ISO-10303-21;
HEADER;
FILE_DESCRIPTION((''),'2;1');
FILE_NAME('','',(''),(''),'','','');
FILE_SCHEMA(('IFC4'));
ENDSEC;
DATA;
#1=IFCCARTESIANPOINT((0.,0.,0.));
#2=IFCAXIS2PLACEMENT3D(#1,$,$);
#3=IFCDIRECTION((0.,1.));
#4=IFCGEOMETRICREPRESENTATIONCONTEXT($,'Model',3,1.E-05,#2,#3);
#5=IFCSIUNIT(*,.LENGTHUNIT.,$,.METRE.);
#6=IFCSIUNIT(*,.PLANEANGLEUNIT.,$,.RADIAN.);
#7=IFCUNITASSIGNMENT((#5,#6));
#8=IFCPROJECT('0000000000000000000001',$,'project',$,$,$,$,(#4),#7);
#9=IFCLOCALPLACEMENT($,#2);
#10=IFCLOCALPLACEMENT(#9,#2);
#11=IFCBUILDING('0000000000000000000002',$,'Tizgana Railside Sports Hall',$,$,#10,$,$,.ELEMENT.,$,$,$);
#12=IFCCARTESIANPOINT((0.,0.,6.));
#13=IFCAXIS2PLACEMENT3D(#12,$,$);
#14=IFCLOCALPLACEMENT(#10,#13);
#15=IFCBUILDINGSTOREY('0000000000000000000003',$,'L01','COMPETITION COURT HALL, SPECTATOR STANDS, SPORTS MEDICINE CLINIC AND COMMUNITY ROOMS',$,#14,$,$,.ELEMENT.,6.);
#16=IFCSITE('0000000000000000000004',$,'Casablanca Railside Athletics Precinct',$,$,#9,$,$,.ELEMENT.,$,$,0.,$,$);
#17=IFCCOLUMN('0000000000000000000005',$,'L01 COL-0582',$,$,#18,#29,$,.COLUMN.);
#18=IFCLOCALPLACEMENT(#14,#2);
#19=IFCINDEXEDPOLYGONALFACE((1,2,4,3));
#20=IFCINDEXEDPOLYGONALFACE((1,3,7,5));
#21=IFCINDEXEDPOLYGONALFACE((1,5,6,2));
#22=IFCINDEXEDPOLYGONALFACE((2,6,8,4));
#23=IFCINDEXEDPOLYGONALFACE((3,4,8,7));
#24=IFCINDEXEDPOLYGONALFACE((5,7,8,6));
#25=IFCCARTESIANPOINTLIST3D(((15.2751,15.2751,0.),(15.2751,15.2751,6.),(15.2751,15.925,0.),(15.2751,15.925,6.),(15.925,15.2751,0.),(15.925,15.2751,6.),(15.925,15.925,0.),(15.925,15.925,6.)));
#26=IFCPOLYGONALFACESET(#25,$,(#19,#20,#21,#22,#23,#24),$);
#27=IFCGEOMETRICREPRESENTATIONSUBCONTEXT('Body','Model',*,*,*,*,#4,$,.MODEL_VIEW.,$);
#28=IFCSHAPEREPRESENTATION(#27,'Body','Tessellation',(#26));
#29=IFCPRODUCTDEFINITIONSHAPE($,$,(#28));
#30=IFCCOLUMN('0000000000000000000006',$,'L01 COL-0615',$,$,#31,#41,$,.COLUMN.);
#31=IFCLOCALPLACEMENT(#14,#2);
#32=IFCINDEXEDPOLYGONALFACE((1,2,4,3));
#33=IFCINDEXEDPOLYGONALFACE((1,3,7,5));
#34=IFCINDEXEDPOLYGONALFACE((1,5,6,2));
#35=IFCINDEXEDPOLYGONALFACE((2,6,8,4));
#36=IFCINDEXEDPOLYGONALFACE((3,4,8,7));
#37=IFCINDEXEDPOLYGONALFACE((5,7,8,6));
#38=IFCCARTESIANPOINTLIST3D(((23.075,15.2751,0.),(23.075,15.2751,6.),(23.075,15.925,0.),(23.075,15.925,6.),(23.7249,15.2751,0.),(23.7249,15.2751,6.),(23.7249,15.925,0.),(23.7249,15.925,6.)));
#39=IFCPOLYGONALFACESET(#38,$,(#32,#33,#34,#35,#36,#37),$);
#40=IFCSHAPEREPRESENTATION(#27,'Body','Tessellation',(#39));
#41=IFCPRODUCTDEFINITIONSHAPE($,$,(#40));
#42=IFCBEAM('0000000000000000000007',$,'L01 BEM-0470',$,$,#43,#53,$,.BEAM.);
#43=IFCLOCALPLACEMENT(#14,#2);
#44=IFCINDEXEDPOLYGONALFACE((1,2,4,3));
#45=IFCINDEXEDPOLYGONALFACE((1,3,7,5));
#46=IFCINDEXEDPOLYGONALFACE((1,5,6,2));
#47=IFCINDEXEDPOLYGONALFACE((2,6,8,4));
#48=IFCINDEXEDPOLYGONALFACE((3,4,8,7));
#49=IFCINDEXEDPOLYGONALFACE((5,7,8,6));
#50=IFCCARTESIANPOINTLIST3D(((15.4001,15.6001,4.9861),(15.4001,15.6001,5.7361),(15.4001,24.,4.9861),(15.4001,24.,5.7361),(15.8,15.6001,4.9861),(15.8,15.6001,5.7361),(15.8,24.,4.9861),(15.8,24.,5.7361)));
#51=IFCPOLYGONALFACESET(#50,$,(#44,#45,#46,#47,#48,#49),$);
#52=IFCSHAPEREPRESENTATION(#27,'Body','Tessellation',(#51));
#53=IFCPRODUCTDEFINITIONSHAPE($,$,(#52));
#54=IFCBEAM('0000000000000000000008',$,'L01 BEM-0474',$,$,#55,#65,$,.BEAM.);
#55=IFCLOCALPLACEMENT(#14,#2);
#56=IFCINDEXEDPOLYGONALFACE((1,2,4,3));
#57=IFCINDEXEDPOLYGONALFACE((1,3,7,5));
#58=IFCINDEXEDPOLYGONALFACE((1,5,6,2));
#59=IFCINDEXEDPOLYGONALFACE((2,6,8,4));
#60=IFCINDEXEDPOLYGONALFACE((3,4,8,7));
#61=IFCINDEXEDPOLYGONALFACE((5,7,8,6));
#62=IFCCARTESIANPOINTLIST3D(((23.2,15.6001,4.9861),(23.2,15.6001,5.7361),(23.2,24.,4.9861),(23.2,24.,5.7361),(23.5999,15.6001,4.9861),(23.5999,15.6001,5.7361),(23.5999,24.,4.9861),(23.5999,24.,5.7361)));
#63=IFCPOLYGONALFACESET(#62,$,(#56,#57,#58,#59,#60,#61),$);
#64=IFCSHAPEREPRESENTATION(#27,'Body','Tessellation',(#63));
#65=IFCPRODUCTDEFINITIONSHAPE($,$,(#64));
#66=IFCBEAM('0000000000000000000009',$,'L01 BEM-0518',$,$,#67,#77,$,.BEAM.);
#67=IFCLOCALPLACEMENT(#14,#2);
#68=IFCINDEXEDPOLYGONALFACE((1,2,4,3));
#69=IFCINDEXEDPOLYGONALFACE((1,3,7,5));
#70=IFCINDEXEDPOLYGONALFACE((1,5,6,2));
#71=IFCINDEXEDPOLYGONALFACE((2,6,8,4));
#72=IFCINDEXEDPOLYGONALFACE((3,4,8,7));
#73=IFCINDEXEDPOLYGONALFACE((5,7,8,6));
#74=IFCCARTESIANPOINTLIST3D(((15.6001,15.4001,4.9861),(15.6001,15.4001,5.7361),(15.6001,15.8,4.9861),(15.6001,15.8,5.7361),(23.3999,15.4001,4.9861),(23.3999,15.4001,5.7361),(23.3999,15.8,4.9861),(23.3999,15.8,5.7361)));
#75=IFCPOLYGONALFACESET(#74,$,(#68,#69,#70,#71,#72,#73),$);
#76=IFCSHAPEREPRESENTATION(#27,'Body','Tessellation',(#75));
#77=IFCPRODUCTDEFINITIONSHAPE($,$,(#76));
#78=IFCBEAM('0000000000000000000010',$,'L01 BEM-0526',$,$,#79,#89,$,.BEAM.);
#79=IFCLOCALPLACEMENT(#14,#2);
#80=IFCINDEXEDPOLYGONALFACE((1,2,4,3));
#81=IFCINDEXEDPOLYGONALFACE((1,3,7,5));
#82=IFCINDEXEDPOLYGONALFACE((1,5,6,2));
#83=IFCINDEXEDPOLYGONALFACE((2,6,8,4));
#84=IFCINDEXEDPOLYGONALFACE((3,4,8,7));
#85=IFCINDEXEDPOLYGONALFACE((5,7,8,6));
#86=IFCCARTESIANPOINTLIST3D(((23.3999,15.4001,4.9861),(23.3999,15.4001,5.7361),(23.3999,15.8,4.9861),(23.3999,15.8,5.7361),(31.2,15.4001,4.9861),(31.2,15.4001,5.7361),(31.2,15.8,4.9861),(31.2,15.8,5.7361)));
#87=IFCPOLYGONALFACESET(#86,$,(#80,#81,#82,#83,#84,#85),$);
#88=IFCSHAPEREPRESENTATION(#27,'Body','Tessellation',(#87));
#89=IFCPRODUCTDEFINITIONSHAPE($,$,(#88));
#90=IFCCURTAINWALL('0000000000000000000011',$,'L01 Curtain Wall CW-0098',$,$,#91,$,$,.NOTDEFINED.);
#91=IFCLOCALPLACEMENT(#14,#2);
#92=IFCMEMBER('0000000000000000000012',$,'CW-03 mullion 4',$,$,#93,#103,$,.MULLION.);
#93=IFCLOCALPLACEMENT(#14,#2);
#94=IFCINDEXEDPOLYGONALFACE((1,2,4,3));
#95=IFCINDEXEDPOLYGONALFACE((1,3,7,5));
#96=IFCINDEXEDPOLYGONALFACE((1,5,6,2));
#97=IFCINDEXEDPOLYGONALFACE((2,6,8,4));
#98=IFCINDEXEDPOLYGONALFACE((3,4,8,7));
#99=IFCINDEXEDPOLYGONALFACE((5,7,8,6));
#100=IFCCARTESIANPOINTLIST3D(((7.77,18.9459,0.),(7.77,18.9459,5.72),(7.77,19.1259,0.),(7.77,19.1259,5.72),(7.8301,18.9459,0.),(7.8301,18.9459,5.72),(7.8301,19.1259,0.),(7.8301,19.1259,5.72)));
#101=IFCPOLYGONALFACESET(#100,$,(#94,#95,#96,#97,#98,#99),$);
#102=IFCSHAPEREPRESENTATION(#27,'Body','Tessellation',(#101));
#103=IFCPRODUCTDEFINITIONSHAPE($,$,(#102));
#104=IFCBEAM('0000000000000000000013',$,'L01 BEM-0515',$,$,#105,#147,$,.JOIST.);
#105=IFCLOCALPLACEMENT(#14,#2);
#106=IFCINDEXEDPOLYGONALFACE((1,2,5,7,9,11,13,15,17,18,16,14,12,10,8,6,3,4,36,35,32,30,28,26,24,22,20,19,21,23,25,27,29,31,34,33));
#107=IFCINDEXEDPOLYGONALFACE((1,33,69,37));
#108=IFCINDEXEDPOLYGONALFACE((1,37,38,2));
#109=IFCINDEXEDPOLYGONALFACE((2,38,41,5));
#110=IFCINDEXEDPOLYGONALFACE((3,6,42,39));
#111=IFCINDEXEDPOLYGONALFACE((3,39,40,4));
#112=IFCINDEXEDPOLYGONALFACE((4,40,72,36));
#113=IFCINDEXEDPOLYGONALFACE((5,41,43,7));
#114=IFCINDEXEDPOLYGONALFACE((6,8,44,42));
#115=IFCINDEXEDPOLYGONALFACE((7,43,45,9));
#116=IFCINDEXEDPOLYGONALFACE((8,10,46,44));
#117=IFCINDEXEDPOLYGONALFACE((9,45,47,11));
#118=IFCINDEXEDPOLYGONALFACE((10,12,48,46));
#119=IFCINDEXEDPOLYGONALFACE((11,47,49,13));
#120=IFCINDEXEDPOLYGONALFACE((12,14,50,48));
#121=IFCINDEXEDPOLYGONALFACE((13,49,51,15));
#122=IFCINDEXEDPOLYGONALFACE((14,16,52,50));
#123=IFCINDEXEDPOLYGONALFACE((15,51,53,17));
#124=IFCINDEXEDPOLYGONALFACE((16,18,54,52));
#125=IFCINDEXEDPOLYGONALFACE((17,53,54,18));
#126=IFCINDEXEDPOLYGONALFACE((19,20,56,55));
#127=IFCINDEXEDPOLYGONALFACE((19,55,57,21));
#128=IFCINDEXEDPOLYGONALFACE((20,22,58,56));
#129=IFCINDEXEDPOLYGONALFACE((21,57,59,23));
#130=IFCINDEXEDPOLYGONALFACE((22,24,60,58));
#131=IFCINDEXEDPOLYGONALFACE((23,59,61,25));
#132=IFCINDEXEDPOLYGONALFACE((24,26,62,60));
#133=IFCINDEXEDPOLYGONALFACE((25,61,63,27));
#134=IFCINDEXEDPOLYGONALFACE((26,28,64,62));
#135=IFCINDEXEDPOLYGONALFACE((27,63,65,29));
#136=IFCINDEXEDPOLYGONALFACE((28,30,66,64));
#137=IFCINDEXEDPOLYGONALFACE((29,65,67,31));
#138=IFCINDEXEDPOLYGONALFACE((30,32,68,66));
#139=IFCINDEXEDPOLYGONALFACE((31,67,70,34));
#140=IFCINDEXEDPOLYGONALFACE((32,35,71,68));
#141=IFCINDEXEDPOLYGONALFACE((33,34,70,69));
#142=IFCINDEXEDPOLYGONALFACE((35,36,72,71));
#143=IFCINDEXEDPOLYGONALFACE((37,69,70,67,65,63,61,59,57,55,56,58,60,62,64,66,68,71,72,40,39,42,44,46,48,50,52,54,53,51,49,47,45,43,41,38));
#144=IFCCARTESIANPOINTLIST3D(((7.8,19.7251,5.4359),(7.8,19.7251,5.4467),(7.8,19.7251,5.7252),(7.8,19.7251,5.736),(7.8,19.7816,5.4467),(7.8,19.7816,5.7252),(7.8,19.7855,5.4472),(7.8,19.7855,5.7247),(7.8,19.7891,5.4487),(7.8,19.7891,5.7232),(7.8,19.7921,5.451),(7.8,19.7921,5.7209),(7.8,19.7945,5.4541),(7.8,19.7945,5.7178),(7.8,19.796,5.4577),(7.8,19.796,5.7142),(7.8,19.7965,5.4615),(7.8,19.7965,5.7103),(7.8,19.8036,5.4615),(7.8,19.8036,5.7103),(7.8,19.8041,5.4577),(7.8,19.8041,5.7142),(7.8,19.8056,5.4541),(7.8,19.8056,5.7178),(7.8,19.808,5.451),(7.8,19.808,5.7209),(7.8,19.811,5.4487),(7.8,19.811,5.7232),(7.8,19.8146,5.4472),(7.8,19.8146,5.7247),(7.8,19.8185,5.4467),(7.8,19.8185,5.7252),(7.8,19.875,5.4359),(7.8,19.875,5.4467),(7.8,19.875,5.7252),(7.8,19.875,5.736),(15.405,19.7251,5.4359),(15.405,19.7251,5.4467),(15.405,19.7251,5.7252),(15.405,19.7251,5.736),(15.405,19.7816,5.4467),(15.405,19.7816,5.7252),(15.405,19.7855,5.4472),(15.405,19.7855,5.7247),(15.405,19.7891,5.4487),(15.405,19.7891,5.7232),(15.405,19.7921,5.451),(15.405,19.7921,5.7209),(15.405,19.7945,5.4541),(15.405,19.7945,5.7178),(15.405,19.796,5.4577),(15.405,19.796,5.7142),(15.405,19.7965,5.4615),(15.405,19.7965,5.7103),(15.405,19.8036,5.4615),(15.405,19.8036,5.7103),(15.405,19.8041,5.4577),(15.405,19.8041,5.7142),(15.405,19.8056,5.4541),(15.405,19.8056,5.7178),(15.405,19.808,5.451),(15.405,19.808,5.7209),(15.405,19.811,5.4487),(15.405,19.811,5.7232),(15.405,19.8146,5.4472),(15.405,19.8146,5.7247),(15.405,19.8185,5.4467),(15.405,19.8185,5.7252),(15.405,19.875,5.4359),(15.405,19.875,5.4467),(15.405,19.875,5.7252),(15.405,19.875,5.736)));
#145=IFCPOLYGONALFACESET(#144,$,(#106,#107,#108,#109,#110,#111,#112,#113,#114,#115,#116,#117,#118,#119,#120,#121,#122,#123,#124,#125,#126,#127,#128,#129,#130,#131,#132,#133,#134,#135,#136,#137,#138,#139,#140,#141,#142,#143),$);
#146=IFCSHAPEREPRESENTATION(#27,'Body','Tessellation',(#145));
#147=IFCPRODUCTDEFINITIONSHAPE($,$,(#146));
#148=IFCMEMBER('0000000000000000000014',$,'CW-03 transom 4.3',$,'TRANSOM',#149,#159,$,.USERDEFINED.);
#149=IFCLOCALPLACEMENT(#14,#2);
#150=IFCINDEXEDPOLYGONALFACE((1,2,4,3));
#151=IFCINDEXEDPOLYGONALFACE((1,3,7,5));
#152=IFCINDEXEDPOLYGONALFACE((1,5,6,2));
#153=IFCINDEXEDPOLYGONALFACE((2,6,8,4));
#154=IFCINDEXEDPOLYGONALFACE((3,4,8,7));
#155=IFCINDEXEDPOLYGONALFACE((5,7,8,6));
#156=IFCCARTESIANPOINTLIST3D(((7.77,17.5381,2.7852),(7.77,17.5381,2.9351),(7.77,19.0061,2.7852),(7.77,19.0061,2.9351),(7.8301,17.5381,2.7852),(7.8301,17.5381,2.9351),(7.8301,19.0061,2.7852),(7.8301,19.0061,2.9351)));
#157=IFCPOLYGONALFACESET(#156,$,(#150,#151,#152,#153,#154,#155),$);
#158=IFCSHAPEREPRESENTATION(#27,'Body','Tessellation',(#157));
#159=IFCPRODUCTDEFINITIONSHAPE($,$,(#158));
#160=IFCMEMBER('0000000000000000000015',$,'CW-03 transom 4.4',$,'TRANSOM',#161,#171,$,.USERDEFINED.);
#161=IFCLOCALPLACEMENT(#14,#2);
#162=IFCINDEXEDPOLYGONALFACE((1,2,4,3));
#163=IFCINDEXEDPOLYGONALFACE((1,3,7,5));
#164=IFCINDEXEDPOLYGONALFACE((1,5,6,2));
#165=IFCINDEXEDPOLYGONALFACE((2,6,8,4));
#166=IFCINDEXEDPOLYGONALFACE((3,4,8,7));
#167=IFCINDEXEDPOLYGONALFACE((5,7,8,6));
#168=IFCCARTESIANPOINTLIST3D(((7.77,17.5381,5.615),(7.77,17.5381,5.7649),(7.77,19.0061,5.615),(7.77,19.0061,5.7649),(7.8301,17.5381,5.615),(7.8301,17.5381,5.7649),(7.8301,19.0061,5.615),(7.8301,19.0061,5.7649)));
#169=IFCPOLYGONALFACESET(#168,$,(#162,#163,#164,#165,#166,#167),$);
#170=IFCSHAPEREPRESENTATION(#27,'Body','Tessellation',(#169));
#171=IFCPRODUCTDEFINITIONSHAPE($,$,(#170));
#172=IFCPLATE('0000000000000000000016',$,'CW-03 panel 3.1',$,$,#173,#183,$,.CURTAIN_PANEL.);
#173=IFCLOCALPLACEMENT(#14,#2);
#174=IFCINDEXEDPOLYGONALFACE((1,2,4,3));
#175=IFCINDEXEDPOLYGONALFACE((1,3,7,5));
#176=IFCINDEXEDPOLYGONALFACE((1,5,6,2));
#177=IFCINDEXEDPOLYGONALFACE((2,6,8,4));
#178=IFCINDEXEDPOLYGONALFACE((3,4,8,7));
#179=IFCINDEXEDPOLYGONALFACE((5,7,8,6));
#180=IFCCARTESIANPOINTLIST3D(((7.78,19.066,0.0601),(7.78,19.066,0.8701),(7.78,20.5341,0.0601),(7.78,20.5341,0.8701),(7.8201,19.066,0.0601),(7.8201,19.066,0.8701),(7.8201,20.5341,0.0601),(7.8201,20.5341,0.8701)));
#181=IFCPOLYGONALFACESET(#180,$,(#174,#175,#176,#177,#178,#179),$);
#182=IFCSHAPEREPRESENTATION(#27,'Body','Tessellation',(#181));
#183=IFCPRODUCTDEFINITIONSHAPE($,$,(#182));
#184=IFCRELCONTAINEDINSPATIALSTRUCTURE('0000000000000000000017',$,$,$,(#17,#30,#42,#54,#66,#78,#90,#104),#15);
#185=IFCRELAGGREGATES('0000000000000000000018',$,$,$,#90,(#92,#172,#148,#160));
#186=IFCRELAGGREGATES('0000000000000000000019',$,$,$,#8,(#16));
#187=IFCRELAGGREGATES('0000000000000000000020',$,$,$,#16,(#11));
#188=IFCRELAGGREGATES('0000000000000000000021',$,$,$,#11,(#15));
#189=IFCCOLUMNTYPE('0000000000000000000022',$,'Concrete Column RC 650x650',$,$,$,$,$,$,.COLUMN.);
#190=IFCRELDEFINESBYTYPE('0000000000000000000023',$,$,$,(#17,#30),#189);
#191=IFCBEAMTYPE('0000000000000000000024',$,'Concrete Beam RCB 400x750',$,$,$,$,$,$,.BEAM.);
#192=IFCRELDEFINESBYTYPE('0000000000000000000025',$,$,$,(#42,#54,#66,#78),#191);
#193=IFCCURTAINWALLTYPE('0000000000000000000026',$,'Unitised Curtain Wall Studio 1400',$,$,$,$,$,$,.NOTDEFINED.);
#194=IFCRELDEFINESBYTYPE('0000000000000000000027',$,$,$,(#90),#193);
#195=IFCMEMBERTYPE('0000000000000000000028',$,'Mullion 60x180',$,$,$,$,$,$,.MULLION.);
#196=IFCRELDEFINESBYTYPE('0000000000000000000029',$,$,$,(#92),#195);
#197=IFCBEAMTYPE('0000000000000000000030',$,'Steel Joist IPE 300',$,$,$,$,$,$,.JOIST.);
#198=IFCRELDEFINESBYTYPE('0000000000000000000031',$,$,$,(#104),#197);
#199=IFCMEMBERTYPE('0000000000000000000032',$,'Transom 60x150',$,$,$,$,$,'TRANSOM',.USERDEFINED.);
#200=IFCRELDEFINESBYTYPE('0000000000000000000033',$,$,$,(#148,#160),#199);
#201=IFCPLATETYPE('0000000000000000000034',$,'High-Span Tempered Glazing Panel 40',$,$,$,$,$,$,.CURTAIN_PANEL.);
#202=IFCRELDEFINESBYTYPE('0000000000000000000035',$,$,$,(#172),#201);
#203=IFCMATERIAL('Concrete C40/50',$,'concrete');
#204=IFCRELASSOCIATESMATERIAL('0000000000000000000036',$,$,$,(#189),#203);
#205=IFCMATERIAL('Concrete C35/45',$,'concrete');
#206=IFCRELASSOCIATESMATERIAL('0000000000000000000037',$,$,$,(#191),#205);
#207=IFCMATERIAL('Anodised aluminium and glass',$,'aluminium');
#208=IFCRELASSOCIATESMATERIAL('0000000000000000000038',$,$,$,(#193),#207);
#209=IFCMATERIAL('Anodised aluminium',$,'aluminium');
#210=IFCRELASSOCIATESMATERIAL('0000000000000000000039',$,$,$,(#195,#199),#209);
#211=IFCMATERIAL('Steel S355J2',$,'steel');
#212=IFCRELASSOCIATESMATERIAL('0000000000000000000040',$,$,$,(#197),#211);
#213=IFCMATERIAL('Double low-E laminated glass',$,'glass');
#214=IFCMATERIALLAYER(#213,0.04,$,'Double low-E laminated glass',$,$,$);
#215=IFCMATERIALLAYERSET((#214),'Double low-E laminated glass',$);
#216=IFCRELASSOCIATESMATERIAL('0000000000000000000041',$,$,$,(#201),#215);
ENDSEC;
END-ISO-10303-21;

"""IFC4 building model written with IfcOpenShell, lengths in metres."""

from ifc_helpers import new_model, si_unit, direction, frame, origin, origin_2d, place, context, subcontext, project, spatial, rectangle, i_section, extrude, material, layer, layer_set, material_profile, profile_set, type_object, element, aggregate, save


model = new_model("IFC4")

# Units and contexts
model_context = context("Model", 3, precision=1e-05, world=origin(), true_north=direction((0.0, 1.0)))
body_context = subcontext(model_context, "Body", "Model", "MODEL_VIEW")
ifc_project = project(units=[si_unit("LENGTHUNIT", "METRE"), si_unit("PLANEANGLEUNIT", "RADIAN")], contexts=[model_context])

# Site, building, storey
site_placement = place(None, origin())
site = spatial("IfcSite", under=ifc_project, at=site_placement, Name="Casablanca Railside Athletics Precinct", CompositionType="ELEMENT", RefElevation=0.0)
building_placement = place(site_placement, origin())
building = spatial("IfcBuilding", under=site, at=building_placement, Name="Tizgana Railside Sports Hall", CompositionType="ELEMENT")
storey_placement = place(building_placement, frame((0.0, 0.0, 6.0)))
storey = spatial("IfcBuildingStorey", under=building, at=storey_placement, Name="L01", Description="COMPETITION COURT HALL, SPECTATOR STANDS, SPORTS MEDICINE CLINIC AND COMMUNITY ROOMS", CompositionType="ELEMENT", Elevation=6.0)

# Columns
ifc_material_1 = material(Name="Concrete C40/50", Category="concrete")
ifc_material_profile_1 = material_profile(ifc_material_1, rectangle(XDim=0.6499, YDim=0.6499, at=origin_2d()), Name="RC 650x650")
ifc_profile_set_1 = profile_set([ifc_material_profile_1], Name="Concrete C40/50")
column_type = type_object("IfcColumnType", Name="Concrete Column RC 650x650", PredefinedType="COLUMN", material=ifc_profile_set_1)
for number, where, z_axis, x_axis, name in (
    (1, (15.6001, 15.6001, 0.0), (0.0, 0.0, 1.0), (1.0, 0.0, 0.0), "L01 COL-0582"),
    (2, (23.3999, 15.6001, 0.0), (0.0, 0.0, 1.0), (1.0, 0.0, 0.0), "L01 COL-0615"),
):
    element("IfcColumn", number, at=place(storey_placement, frame(where, z_axis=z_axis, x_axis=x_axis)), inside=storey, type_object=column_type, Name=name, PredefinedType="COLUMN", context=body_context, shape_type="SweptSolid", body=[
        extrude(rectangle(XDim=0.6499, YDim=0.6499, at=origin_2d()), origin(), (0.0, 0.0, 1.0), 6.0),
    ])

# Beams
ifc_material_2 = material(Name="Concrete C35/45", Category="concrete")
ifc_material_profile_2 = material_profile(ifc_material_2, rectangle(XDim=0.3999, YDim=0.75, at=origin_2d()), Name="RCB 400x750")
ifc_profile_set_2 = profile_set([ifc_material_profile_2], Name="Concrete C35/45")
beam_type_1 = type_object("IfcBeamType", Name="Concrete Beam RCB 400x750", PredefinedType="BEAM", material=ifc_profile_set_2)
for number, where, z_axis, x_axis, name in (
    (3, (15.6001, 15.6001, 5.3611), (0.0, 1.0, 0.0), (-1.0, 0.0, 0.0), "L01 BEM-0470"),
    (4, (23.3999, 15.6001, 5.3611), (0.0, 1.0, 0.0), (-1.0, 0.0, 0.0), "L01 BEM-0474"),
):
    element("IfcBeam", number, at=place(storey_placement, frame(where, z_axis=z_axis, x_axis=x_axis)), inside=storey, type_object=beam_type_1, Name=name, PredefinedType="BEAM", context=body_context, shape_type="SweptSolid", body=[
        extrude(rectangle(XDim=0.3999, YDim=0.75, at=origin_2d()), origin(), (0.0, 0.0, 1.0), 8.3999),
    ])
beam_1_placement = place(storey_placement, frame((15.6001, 15.6001, 5.3611), z_axis=(1.0, 0.0, 0.0), x_axis=(0.0, 1.0, 0.0)))
element("IfcBeam", 5, at=beam_1_placement, inside=storey, type_object=beam_type_1, Name="L01 BEM-0518", PredefinedType="BEAM", context=body_context, shape_type="SweptSolid", body=[
    extrude(rectangle(XDim=0.3999, YDim=0.75, at=origin_2d()), origin(), (0.0, 0.0, 1.0), 7.7998),
])
beam_2_placement = place(storey_placement, frame((23.3999, 15.6001, 5.3611), z_axis=(1.0, 0.0, 0.0), x_axis=(0.0, 1.0, 0.0)))
element("IfcBeam", 6, at=beam_2_placement, inside=storey, type_object=beam_type_1, Name="L01 BEM-0526", PredefinedType="BEAM", context=body_context, shape_type="SweptSolid", body=[
    extrude(rectangle(XDim=0.3999, YDim=0.75, at=origin_2d()), origin(), (0.0, 0.0, 1.0), 7.8),
])

# Curtain wall, member
ifc_material_3 = material(Name="Anodised aluminium and glass", Category="aluminium")
curtain_wall_type = type_object("IfcCurtainWallType", Name="Unitised Curtain Wall Studio 1400", PredefinedType="NOTDEFINED", material=ifc_material_3)
curtain_wall_placement = place(storey_placement, origin())
curtain_wall = element("IfcCurtainWall", 7, at=curtain_wall_placement, inside=storey, type_object=curtain_wall_type, Name="L01 Curtain Wall CW-0098", PredefinedType="NOTDEFINED")
ifc_material_4 = material(Name="Anodised aluminium", Category="aluminium")
ifc_material_profile_3 = material_profile(ifc_material_4, rectangle(XDim=0.0601, YDim=0.1799, at=origin_2d()), Name="Mullion 60x180")
ifc_profile_set_3 = profile_set([ifc_material_profile_3], Name="Anodised aluminium")
member_type_1 = type_object("IfcMemberType", Name="Mullion 60x180", PredefinedType="MULLION", material=ifc_profile_set_3)
member_1_placement = place(storey_placement, frame((7.8, 19.0359, 0.0), z_axis=(0.0, 0.0, 1.0), x_axis=(1.0, 0.0, 0.0)))
member_1 = element("IfcMember", 8, at=member_1_placement, type_object=member_type_1, Name="CW-03 mullion 4", PredefinedType="MULLION", context=body_context, shape_type="SweptSolid", body=[
    extrude(rectangle(XDim=0.0601, YDim=0.1799, at=origin_2d()), origin(), (0.0, 0.0, 1.0), 5.72),
])

# Beam
ifc_material_5 = material(Name="Steel S355J2", Category="steel")
ifc_material_profile_4 = material_profile(ifc_material_5, i_section(OverallWidth=0.1499, OverallDepth=0.3, WebThickness=0.0071, FlangeThickness=0.0107, FilletRadius=0.0149, at=origin_2d()), Name="IPE 300")
ifc_profile_set_4 = profile_set([ifc_material_profile_4], Name="Steel S355J2")
beam_type_2 = type_object("IfcBeamType", Name="Steel Joist IPE 300", PredefinedType="JOIST", material=ifc_profile_set_4)
beam_3_placement = place(storey_placement, frame((7.8, 19.8, 5.5859), z_axis=(1.0, 0.0, 0.0), x_axis=(0.0, 1.0, 0.0)))
element("IfcBeam", 9, at=beam_3_placement, inside=storey, type_object=beam_type_2, Name="L01 BEM-0515", PredefinedType="JOIST", context=body_context, shape_type="SweptSolid", body=[
    extrude(i_section(OverallWidth=0.1499, OverallDepth=0.3, WebThickness=0.0071, FlangeThickness=0.0107, FilletRadius=0.0149, at=origin_2d()), origin(), (0.0, 0.0, 1.0), 7.605),
])

# Members
ifc_material_profile_5 = material_profile(ifc_material_4, rectangle(XDim=0.0601, YDim=0.1499, at=origin_2d()), Name="Transom 60x150")
ifc_profile_set_5 = profile_set([ifc_material_profile_5], Name="Anodised aluminium")
member_type_2 = type_object("IfcMemberType", Name="Transom 60x150", ElementType="TRANSOM", PredefinedType="USERDEFINED", material=ifc_profile_set_5)
member_2_placement = place(storey_placement, frame((7.8, 19.0061, 2.8601), z_axis=(0.0, -1.0, 0.0), x_axis=(1.0, 0.0, 0.0)))
member_2 = element("IfcMember", 10, at=member_2_placement, type_object=member_type_2, Name="CW-03 transom 4.3", ObjectType="TRANSOM", PredefinedType="USERDEFINED", context=body_context, shape_type="SweptSolid", body=[
    extrude(rectangle(XDim=0.0601, YDim=0.1499, at=origin_2d()), origin(), (0.0, 0.0, 1.0), 1.468),
])
member_3_placement = place(storey_placement, frame((7.8, 19.0061, 5.6899), z_axis=(0.0, -1.0, 0.0), x_axis=(1.0, 0.0, 0.0)))
member_3 = element("IfcMember", 11, at=member_3_placement, type_object=member_type_2, Name="CW-03 transom 4.4", ObjectType="TRANSOM", PredefinedType="USERDEFINED", context=body_context, shape_type="SweptSolid", body=[
    extrude(rectangle(XDim=0.0601, YDim=0.1499, at=origin_2d()), origin(), (0.0, 0.0, 1.0), 1.468),
])

# Plate
ifc_material_6 = material(Name="Double low-E laminated glass", Category="glass")
ifc_layer_1 = layer(ifc_material_6, 0.04, Name="Double low-E laminated glass")
ifc_layer_set_1 = layer_set([ifc_layer_1], Name="Double low-E laminated glass")
plate_type = type_object("IfcPlateType", Name="High-Span Tempered Glazing Panel 40", PredefinedType="CURTAIN_PANEL", material=ifc_layer_set_1)
plate_1_placement = place(storey_placement, frame((7.8, 19.8, 0.0601), z_axis=(0.0, 0.0, 1.0), x_axis=(0.0, -1.0, 0.0)))
plate_1 = element("IfcPlate", 12, at=plate_1_placement, type_object=plate_type, Name="CW-03 panel 3.1", PredefinedType="CURTAIN_PANEL", context=body_context, shape_type="SweptSolid", body=[
    extrude(rectangle(XDim=1.468, YDim=0.04, at=origin_2d()), origin(), (0.0, 0.0, 1.0), 0.8101),
])
aggregate(curtain_wall, [member_1, plate_1, member_2, member_3])

save(model, "model.ifc")
